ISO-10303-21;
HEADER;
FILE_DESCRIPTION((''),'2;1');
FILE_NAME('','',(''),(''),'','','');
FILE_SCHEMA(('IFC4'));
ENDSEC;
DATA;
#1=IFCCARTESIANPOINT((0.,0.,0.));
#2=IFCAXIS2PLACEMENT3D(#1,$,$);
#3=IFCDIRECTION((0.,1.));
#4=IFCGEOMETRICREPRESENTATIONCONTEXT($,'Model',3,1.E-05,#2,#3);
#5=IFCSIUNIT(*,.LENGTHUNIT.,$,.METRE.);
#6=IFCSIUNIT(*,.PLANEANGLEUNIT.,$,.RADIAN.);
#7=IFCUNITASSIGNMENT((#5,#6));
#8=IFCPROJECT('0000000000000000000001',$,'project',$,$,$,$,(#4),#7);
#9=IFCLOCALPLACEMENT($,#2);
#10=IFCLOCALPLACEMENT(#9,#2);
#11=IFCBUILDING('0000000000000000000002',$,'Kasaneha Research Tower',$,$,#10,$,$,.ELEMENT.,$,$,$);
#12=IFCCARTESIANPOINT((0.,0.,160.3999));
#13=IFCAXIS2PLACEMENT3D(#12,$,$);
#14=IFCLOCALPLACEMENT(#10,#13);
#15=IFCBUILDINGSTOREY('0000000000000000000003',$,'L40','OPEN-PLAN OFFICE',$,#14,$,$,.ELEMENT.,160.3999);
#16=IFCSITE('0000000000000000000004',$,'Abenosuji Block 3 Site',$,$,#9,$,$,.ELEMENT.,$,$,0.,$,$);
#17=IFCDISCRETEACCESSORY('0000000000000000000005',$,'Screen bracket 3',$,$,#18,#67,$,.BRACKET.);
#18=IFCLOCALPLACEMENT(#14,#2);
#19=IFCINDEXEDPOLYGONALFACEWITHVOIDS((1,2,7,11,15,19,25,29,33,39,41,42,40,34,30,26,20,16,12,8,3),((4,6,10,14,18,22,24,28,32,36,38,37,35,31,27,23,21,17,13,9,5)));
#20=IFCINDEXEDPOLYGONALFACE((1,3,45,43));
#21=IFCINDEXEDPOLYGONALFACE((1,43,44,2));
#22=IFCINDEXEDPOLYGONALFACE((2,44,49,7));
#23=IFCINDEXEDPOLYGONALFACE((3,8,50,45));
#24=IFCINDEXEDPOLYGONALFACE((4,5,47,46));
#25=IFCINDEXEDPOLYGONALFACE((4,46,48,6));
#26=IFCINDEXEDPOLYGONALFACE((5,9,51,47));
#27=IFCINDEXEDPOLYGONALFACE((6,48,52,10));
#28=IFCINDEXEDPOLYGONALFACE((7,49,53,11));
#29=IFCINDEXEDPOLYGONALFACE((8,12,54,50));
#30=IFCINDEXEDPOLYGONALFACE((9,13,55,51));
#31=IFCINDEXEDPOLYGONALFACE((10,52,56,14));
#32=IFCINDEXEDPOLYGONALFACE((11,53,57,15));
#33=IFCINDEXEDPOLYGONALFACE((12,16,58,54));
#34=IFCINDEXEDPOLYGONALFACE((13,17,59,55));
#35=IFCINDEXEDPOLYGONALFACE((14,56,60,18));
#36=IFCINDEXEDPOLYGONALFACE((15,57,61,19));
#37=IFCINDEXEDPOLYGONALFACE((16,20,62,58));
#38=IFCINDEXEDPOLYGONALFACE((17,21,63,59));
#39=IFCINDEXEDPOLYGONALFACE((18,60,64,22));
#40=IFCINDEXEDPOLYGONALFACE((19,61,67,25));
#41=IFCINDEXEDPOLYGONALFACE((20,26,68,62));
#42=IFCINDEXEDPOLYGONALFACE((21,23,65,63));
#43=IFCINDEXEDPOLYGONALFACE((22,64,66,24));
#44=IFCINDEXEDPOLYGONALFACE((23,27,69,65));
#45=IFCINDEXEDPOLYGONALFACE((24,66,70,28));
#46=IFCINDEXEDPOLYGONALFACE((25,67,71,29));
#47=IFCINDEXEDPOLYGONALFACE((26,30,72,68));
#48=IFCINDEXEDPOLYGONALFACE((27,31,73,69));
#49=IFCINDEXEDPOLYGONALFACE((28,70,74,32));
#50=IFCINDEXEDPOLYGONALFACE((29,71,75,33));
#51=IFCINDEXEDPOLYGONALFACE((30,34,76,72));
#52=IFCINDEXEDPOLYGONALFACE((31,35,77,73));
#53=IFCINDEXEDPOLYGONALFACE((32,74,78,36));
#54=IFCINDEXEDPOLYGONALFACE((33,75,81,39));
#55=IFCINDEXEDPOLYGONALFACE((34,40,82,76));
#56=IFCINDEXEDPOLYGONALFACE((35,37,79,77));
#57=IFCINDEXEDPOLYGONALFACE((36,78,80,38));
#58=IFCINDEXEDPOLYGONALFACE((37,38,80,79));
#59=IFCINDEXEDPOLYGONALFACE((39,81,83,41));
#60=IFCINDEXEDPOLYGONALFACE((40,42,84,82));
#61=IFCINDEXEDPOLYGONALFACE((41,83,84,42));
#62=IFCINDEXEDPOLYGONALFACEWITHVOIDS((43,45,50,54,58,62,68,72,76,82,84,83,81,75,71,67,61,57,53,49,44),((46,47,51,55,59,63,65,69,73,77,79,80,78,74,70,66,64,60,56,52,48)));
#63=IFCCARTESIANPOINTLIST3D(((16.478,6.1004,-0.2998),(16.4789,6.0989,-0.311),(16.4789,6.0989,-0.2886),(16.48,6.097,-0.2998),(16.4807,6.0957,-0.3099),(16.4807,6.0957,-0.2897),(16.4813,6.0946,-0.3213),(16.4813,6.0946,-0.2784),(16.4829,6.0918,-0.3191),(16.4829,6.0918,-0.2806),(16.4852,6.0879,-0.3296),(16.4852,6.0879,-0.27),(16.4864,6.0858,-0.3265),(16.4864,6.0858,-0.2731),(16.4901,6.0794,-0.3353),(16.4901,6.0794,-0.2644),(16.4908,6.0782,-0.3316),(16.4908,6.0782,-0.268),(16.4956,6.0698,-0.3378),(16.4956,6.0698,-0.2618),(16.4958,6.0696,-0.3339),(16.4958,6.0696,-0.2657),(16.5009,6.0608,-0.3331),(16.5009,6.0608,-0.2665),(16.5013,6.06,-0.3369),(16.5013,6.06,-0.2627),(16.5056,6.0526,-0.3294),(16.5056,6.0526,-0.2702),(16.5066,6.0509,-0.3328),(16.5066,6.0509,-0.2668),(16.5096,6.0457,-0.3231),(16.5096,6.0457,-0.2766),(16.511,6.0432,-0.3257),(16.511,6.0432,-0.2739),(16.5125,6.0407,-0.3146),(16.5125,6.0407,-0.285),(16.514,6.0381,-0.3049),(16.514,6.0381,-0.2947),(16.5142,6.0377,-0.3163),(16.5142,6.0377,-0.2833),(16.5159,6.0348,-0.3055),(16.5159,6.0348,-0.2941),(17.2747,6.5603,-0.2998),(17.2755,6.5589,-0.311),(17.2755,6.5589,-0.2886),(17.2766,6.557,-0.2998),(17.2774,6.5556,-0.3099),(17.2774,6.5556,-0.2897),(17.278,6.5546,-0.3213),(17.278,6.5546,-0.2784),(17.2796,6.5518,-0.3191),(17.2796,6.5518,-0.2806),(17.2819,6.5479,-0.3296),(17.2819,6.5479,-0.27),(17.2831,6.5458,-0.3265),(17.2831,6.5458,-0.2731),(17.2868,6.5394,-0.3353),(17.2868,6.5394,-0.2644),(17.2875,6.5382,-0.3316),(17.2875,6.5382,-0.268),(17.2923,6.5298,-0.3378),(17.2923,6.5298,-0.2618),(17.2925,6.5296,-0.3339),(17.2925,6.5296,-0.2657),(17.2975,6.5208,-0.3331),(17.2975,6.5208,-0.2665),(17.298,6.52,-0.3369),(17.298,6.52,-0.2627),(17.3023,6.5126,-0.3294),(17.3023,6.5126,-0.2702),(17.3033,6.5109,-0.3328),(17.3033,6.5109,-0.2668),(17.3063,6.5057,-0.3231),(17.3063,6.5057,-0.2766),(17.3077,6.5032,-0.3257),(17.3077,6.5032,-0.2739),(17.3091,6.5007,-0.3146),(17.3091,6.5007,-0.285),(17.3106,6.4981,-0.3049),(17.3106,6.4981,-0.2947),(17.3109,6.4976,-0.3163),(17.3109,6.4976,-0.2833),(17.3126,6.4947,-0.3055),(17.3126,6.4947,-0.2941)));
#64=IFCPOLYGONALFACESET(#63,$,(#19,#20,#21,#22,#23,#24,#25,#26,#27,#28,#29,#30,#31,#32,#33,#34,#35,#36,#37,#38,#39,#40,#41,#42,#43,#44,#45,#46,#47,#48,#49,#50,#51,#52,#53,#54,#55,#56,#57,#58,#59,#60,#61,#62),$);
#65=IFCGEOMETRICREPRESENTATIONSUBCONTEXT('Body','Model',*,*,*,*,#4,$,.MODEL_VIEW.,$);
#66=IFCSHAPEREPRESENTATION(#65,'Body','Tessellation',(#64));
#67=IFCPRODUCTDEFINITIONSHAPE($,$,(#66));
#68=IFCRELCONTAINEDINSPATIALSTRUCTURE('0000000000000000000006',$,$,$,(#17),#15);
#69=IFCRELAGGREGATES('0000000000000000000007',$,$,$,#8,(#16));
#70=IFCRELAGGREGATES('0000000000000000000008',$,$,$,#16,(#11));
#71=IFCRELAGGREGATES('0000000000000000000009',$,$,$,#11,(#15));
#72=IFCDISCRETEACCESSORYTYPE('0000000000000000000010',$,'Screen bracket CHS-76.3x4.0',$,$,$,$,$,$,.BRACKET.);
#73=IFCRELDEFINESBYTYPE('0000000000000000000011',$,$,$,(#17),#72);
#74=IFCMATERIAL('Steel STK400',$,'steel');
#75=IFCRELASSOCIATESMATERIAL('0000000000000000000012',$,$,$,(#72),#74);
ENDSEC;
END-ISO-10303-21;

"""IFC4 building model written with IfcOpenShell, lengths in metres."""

from ifc_helpers import new_model, si_unit, direction, frame, origin, origin_2d, place, context, subcontext, project, spatial, hollow_circle, extrude, material, material_profile, profile_set, type_object, element, save


model = new_model("IFC4")

# Units and contexts
model_context = context("Model", 3, precision=1e-05, world=origin(), true_north=direction((0.0, 1.0)))
body_context = subcontext(model_context, "Body", "Model", "MODEL_VIEW")
ifc_project = project(units=[si_unit("LENGTHUNIT", "METRE"), si_unit("PLANEANGLEUNIT", "RADIAN")], contexts=[model_context])

# Site, building, storey
site_placement = place(None, origin())
site = spatial("IfcSite", under=ifc_project, at=site_placement, Name="Abenosuji Block 3 Site", CompositionType="ELEMENT", RefElevation=0.0)
building_placement = place(site_placement, origin())
building = spatial("IfcBuilding", under=site, at=building_placement, Name="Kasaneha Research Tower", CompositionType="ELEMENT")
storey_placement = place(building_placement, frame((0.0, 0.0, 160.3999)))
storey = spatial("IfcBuildingStorey", under=building, at=storey_placement, Name="L40", Description="OPEN-PLAN OFFICE", CompositionType="ELEMENT", Elevation=160.3999)

# Discrete accessory
ifc_material_1 = material(Name="Steel STK400", Category="steel")
ifc_material_profile_1 = material_profile(ifc_material_1, hollow_circle(Radius=0.0381, WallThickness=0.0039, at=origin_2d()), Name="CHS-76.3x4.0")
ifc_profile_set_1 = profile_set([ifc_material_profile_1], Name="Steel STK400")
discrete_accessory_type = type_object("IfcDiscreteAccessoryType", Name="Screen bracket CHS-76.3x4.0", PredefinedType="BRACKET", material=ifc_profile_set_1)
for number, where, z_axis, x_axis, name in (
    (1, (16.4971, 6.0674, -0.2998), (0.866013, 0.500021, 0.0), (-0.500021, 0.866013, 0.0), "Screen bracket 3"),
):
    element("IfcDiscreteAccessory", number, at=place(storey_placement, frame(where, z_axis=z_axis, x_axis=x_axis)), inside=storey, type_object=discrete_accessory_type, Name=name, PredefinedType="BRACKET", context=body_context, shape_type="SweptSolid", body=[
        extrude(hollow_circle(Radius=0.0381, WallThickness=0.0039, at=origin_2d()), origin(), (0.0, 0.0, 1.0), 0.9199),
    ])

save(model, "model.ifc")
